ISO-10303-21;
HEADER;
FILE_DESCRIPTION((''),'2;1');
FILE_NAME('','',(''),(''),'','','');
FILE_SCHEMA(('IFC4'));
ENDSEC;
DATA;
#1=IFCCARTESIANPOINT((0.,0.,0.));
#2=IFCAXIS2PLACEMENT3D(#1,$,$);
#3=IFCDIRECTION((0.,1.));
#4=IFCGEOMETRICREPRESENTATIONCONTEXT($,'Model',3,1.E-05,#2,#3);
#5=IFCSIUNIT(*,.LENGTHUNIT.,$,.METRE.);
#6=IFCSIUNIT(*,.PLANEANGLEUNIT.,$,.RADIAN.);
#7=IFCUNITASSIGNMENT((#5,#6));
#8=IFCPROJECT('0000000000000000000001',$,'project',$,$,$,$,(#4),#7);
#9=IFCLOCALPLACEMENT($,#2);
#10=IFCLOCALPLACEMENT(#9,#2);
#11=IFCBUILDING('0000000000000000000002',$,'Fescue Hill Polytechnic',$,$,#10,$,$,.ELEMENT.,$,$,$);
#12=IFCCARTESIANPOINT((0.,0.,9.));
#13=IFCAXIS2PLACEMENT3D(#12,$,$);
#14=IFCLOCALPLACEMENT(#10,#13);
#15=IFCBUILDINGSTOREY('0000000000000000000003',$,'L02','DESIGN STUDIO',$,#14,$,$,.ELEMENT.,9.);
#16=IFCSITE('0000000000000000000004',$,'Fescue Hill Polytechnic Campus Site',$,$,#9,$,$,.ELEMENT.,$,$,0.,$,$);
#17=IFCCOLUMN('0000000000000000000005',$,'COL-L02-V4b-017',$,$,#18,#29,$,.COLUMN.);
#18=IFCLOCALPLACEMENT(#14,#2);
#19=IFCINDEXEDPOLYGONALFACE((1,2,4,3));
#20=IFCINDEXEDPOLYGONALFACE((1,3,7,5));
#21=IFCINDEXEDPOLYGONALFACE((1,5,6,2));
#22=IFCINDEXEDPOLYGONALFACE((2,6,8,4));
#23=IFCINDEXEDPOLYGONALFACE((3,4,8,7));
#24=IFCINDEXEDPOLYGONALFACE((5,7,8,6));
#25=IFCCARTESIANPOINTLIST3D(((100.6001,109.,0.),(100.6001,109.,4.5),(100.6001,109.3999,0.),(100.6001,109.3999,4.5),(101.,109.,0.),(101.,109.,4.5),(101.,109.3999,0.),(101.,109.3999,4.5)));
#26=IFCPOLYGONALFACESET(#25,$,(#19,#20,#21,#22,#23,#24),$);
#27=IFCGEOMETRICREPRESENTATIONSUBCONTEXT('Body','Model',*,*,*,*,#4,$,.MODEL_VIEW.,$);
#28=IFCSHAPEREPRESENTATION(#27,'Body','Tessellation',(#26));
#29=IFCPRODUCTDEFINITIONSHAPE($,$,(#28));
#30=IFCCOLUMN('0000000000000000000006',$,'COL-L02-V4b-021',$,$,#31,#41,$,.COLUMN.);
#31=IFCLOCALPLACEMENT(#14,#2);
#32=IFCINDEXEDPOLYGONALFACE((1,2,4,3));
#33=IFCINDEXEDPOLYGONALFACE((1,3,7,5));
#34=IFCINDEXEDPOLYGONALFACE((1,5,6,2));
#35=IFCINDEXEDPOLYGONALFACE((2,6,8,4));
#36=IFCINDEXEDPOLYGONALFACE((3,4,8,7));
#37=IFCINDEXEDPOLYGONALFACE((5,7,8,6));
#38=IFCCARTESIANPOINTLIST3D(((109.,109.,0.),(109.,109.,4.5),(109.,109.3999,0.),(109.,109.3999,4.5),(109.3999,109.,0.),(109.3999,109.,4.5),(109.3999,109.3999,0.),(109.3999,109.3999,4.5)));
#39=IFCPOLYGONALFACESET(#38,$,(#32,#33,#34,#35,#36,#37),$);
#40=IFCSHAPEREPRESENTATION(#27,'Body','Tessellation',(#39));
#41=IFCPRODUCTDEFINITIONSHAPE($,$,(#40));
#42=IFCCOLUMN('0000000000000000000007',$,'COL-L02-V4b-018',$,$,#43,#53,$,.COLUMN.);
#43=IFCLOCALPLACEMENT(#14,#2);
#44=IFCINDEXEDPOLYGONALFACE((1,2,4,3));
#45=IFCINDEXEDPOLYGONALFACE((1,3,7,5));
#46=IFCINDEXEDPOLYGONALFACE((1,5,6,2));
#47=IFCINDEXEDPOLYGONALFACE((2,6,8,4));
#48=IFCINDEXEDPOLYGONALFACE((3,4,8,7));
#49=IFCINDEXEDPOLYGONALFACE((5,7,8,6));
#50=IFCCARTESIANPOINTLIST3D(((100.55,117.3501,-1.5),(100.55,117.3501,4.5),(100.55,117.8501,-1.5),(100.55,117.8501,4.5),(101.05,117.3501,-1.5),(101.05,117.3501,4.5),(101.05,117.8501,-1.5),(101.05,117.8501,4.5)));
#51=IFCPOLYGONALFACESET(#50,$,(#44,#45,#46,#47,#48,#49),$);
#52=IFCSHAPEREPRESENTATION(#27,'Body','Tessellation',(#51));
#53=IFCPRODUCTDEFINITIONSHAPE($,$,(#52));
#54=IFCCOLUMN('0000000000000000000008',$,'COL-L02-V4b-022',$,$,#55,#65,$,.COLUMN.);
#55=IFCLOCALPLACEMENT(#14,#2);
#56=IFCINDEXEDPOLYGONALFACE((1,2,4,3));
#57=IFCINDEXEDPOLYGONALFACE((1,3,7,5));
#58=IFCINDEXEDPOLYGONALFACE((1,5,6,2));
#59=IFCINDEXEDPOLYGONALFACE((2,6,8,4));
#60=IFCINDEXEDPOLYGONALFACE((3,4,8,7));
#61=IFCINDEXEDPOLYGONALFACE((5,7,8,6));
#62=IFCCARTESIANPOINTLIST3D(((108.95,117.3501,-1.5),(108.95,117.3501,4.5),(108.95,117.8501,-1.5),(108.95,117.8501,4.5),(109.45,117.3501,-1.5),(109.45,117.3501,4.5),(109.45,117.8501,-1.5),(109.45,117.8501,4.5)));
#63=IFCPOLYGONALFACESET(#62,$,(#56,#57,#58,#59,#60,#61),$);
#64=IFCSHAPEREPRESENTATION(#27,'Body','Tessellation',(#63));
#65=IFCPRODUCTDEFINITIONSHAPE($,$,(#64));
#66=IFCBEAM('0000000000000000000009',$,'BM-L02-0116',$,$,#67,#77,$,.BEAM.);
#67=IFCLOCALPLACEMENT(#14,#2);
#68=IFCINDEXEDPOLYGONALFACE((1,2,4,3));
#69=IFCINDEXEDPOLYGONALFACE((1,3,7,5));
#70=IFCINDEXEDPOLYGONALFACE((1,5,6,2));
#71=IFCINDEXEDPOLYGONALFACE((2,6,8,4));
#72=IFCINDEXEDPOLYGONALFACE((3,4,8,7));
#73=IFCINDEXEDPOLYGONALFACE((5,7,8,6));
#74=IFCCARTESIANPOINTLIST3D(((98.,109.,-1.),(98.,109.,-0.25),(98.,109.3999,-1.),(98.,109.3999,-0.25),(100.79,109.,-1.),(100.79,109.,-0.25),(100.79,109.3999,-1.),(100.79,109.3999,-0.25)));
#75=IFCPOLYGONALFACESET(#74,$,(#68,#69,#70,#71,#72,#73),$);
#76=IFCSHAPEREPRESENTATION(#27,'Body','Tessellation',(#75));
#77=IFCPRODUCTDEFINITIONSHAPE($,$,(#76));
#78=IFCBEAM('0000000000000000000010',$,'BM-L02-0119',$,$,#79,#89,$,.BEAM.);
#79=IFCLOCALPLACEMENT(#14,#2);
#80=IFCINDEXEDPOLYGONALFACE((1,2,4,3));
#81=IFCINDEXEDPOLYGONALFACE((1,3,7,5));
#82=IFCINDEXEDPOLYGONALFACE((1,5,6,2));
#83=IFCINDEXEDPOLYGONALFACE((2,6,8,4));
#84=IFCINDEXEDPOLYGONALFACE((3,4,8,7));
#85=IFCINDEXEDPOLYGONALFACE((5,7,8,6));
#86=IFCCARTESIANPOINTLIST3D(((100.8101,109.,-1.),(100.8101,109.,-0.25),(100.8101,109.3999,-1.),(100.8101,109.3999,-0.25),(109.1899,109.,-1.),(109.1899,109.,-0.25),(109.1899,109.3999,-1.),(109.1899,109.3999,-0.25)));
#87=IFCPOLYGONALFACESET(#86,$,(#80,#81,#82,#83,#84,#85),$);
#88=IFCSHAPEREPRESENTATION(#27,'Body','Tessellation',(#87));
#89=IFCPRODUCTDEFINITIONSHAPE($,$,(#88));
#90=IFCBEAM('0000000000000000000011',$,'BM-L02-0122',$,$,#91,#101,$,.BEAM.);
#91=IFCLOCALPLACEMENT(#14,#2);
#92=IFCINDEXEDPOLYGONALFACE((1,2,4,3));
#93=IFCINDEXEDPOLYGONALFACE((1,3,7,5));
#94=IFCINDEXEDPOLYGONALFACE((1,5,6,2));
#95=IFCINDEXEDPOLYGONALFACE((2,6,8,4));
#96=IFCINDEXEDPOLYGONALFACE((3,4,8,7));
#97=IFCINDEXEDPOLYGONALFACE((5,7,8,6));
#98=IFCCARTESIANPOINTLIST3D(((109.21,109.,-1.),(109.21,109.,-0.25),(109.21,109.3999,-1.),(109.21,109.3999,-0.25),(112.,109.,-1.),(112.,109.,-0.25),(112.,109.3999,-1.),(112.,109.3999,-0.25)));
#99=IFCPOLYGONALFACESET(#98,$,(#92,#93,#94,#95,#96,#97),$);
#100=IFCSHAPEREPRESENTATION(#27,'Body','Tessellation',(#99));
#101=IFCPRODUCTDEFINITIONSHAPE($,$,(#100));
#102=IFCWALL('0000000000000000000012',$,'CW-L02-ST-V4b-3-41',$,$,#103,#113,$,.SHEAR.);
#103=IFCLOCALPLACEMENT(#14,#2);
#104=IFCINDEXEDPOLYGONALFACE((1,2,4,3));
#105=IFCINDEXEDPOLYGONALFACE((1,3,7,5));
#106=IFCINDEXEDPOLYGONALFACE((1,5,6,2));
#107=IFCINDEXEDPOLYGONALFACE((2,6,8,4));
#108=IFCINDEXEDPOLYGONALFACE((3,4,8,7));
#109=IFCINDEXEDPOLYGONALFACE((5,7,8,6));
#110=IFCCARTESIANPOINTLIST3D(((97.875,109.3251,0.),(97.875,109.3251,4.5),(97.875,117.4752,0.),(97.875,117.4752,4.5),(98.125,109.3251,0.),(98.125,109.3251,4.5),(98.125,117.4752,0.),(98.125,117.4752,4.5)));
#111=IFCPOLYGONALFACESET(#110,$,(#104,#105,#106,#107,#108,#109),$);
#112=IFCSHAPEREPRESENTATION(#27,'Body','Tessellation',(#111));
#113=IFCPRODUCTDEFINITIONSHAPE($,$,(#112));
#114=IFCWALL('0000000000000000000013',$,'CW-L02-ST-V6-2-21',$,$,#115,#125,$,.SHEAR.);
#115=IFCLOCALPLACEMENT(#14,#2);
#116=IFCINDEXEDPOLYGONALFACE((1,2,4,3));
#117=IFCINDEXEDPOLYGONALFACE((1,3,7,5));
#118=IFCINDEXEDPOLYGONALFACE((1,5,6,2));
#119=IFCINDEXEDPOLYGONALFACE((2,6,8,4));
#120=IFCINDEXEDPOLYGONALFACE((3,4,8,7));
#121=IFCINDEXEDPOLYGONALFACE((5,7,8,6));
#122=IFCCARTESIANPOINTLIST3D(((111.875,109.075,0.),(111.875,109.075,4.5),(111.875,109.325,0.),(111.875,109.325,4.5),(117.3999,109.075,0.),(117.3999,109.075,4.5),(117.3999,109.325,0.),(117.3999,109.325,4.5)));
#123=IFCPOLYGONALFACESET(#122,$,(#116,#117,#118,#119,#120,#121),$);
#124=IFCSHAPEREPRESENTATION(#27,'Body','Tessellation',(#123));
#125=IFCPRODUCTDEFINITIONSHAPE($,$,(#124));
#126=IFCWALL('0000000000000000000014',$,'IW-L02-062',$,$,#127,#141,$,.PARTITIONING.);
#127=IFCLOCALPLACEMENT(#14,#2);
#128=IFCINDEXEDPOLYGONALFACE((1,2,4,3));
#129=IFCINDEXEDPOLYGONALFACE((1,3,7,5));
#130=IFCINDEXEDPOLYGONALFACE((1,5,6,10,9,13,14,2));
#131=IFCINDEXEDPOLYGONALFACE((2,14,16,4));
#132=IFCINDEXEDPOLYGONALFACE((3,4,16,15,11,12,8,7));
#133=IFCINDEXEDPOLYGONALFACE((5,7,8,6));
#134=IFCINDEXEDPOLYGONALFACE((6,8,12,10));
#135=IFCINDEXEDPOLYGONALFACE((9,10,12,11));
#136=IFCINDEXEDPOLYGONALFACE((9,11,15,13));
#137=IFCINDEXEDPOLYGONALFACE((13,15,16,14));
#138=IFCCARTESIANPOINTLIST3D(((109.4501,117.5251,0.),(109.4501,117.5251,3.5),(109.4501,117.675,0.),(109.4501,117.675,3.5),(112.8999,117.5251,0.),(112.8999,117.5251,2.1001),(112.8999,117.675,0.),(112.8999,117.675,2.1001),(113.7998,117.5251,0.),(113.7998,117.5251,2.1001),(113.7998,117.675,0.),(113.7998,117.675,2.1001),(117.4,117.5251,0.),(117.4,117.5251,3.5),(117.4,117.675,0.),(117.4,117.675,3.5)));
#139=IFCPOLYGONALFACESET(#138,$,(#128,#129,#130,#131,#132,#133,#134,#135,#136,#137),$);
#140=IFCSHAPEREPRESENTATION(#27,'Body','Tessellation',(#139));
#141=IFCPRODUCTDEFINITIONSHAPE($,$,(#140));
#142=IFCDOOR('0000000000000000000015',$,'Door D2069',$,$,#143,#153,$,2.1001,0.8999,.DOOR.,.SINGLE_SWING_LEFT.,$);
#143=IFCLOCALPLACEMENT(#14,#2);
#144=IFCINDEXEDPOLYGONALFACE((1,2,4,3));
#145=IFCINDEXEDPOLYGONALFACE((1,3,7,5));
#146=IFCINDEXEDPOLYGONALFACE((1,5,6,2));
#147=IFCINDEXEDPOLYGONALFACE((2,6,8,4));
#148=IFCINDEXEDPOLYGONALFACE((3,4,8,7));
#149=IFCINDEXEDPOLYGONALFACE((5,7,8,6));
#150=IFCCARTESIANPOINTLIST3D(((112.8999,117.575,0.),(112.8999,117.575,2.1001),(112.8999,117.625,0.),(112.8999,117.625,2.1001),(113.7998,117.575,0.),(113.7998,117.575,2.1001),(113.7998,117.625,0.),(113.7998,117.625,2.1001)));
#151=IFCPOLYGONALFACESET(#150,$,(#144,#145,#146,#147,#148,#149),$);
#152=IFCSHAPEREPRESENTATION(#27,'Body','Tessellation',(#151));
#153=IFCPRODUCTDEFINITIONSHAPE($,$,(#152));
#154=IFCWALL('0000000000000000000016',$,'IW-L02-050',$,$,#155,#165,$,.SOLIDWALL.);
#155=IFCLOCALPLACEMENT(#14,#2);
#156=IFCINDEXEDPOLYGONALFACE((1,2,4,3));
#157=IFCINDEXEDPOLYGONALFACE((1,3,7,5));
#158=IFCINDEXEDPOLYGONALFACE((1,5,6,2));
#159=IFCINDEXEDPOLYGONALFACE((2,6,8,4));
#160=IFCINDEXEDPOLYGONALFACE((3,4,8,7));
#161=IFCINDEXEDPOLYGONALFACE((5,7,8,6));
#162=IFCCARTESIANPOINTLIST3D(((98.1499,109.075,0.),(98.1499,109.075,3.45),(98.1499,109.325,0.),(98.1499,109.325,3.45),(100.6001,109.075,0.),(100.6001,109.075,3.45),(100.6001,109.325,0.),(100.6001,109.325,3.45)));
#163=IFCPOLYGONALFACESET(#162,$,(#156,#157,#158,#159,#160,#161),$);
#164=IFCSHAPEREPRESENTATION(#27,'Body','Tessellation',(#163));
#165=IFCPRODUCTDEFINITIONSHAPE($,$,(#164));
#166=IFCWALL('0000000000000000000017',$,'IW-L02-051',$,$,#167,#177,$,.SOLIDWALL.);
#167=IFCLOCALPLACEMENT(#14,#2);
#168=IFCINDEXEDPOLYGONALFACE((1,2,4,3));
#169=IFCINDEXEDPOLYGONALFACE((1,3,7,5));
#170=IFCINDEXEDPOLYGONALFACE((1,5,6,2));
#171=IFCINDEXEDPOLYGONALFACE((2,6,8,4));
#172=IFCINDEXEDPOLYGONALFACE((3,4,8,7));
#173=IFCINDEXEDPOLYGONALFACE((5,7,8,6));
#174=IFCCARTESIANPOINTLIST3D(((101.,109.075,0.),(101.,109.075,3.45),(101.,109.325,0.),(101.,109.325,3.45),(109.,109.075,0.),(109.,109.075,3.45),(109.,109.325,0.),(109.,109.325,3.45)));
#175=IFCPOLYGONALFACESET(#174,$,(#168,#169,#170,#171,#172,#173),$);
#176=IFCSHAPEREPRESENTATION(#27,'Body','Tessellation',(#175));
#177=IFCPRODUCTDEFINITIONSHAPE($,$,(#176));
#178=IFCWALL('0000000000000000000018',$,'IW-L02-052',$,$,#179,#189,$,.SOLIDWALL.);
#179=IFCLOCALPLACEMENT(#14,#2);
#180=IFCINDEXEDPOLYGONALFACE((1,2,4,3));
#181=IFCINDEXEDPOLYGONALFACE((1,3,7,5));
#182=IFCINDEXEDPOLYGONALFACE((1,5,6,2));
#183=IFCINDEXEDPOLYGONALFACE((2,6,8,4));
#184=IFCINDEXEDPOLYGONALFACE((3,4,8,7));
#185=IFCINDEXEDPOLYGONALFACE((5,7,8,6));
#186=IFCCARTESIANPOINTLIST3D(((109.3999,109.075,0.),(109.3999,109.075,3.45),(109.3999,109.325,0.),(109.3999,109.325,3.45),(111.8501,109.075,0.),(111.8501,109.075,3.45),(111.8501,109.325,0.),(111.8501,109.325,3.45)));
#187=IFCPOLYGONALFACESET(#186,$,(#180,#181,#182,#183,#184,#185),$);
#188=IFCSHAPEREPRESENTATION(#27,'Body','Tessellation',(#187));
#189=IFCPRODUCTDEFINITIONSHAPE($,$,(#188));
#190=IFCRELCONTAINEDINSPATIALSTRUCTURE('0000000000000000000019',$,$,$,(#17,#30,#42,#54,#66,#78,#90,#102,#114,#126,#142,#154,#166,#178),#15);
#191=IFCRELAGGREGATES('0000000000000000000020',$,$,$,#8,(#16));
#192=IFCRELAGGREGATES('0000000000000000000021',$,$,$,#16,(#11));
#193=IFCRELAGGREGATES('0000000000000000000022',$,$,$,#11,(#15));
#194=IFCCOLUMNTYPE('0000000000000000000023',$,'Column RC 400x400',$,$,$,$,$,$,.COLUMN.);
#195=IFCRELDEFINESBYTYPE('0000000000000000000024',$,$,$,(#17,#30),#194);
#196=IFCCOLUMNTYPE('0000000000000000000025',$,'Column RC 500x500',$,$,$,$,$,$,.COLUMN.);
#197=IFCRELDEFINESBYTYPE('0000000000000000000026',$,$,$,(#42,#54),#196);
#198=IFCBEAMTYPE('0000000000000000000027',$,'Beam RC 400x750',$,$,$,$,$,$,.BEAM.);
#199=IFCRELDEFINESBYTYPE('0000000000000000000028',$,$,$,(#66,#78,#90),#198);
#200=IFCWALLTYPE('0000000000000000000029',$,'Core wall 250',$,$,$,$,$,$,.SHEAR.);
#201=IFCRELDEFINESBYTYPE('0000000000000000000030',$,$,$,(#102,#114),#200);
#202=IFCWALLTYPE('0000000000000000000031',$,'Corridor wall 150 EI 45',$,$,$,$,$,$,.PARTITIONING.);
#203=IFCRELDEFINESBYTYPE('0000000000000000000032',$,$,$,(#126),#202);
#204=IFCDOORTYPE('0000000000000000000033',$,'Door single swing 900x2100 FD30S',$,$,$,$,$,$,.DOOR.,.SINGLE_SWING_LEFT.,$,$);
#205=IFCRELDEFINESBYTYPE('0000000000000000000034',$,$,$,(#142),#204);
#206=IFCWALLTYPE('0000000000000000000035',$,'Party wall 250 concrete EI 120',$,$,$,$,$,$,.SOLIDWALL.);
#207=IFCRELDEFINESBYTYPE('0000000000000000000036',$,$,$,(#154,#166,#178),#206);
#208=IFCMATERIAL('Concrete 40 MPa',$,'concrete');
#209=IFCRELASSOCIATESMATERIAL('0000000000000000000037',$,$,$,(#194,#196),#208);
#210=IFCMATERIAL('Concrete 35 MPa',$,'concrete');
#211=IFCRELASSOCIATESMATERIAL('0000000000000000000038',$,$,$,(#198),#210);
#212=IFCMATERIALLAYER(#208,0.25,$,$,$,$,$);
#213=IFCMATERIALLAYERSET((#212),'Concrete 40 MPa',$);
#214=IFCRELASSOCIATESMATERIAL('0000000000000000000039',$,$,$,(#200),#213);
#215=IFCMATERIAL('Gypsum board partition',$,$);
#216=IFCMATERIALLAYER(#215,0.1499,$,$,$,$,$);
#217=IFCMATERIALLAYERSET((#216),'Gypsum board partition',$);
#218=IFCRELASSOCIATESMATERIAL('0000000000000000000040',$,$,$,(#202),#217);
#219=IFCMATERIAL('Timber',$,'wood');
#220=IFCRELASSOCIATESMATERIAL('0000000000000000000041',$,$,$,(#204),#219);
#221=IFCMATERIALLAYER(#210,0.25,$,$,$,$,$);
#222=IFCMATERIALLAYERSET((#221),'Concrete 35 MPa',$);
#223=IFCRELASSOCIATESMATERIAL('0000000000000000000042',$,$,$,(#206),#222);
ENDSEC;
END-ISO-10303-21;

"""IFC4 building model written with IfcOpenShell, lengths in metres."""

from ifc_helpers import new_model, si_unit, direction, frame, frame_2d, origin, origin_2d, place, context, subcontext, project, spatial, rectangle, extrude, material, layer, layer_set, material_profile, profile_set, type_object, element, fill, save


model = new_model("IFC4")

# Units and contexts
model_context = context("Model", 3, precision=1e-05, world=origin(), true_north=direction((0.0, 1.0)))
body_context = subcontext(model_context, "Body", "Model", "MODEL_VIEW")
ifc_project = project(units=[si_unit("LENGTHUNIT", "METRE"), si_unit("PLANEANGLEUNIT", "RADIAN")], contexts=[model_context])

# Site, building, storey
site_placement = place(None, origin())
site = spatial("IfcSite", under=ifc_project, at=site_placement, Name="Fescue Hill Polytechnic Campus Site", CompositionType="ELEMENT", RefElevation=0.0)
building_placement = place(site_placement, origin())
building = spatial("IfcBuilding", under=site, at=building_placement, Name="Fescue Hill Polytechnic", CompositionType="ELEMENT")
storey_placement = place(building_placement, frame((0.0, 0.0, 9.0)))
storey = spatial("IfcBuildingStorey", under=building, at=storey_placement, Name="L02", Description="DESIGN STUDIO", CompositionType="ELEMENT", Elevation=9.0)

# Columns
ifc_material_1 = material(Name="Concrete 40 MPa", Category="concrete")
ifc_material_profile_1 = material_profile(ifc_material_1, rectangle(XDim=0.3999, YDim=0.3999, at=origin_2d()), Name="RC 400x400")
ifc_profile_set_1 = profile_set([ifc_material_profile_1], Name="Concrete 40 MPa")
column_type_1 = type_object("IfcColumnType", Name="Column RC 400x400", PredefinedType="COLUMN", material=ifc_profile_set_1)
for number, where, z_axis, x_axis, name in (
    (1, (100.8, 109.2, 0.0), (0.0, 0.0, 1.0), (1.0, 0.0, 0.0), "COL-L02-V4b-017"),
    (2, (109.2, 109.2, 0.0), (0.0, 0.0, 1.0), (1.0, 0.0, 0.0), "COL-L02-V4b-021"),
):
    element("IfcColumn", number, at=place(storey_placement, frame(where, z_axis=z_axis, x_axis=x_axis)), inside=storey, type_object=column_type_1, Name=name, PredefinedType="COLUMN", context=body_context, shape_type="SweptSolid", body=[
        extrude(rectangle(XDim=0.3999, YDim=0.3999, at=origin_2d()), origin(), (0.0, 0.0, 1.0), 4.5),
    ])
ifc_material_profile_2 = material_profile(ifc_material_1, rectangle(XDim=0.5, YDim=0.5, at=origin_2d()), Name="RC 500x500")
ifc_profile_set_2 = profile_set([ifc_material_profile_2], Name="Concrete 40 MPa")
column_type_2 = type_object("IfcColumnType", Name="Column RC 500x500", PredefinedType="COLUMN", material=ifc_profile_set_2)
for number, where, z_axis, x_axis, name in (
    (3, (100.8, 117.6001, -1.5), (0.0, 0.0, 1.0), (1.0, 0.0, 0.0), "COL-L02-V4b-018"),
    (4, (109.2, 117.6001, -1.5), (0.0, 0.0, 1.0), (1.0, 0.0, 0.0), "COL-L02-V4b-022"),
):
    element("IfcColumn", number, at=place(storey_placement, frame(where, z_axis=z_axis, x_axis=x_axis)), inside=storey, type_object=column_type_2, Name=name, PredefinedType="COLUMN", context=body_context, shape_type="SweptSolid", body=[
        extrude(rectangle(XDim=0.5, YDim=0.5, at=origin_2d()), origin(), (0.0, 0.0, 1.0), 6.0),
    ])

# Beams
ifc_material_2 = material(Name="Concrete 35 MPa", Category="concrete")
ifc_material_profile_3 = material_profile(ifc_material_2, rectangle(XDim=0.3999, YDim=0.75, at=origin_2d()), Name="RC 400x750")
ifc_profile_set_3 = profile_set([ifc_material_profile_3], Name="Concrete 35 MPa")
beam_type = type_object("IfcBeamType", Name="Beam RC 400x750", PredefinedType="BEAM", material=ifc_profile_set_3)
beam_1_placement = place(storey_placement, frame((98.0, 109.2, -0.625), z_axis=(1.0, 0.0, 0.0), x_axis=(0.0, 1.0, 0.0)))
element("IfcBeam", 5, at=beam_1_placement, inside=storey, type_object=beam_type, Name="BM-L02-0116", PredefinedType="BEAM", context=body_context, shape_type="SweptSolid", body=[
    extrude(rectangle(XDim=0.3999, YDim=0.75, at=origin_2d()), origin(), (0.0, 0.0, 1.0), 2.79),
])
beam_2_placement = place(storey_placement, frame((100.8101, 109.2, -0.625), z_axis=(1.0, 0.0, 0.0), x_axis=(0.0, 1.0, 0.0)))
element("IfcBeam", 6, at=beam_2_placement, inside=storey, type_object=beam_type, Name="BM-L02-0119", PredefinedType="BEAM", context=body_context, shape_type="SweptSolid", body=[
    extrude(rectangle(XDim=0.3999, YDim=0.75, at=origin_2d()), origin(), (0.0, 0.0, 1.0), 8.3799),
])
beam_3_placement = place(storey_placement, frame((109.21, 109.2, -0.625), z_axis=(1.0, 0.0, 0.0), x_axis=(0.0, 1.0, 0.0)))
element("IfcBeam", 7, at=beam_3_placement, inside=storey, type_object=beam_type, Name="BM-L02-0122", PredefinedType="BEAM", context=body_context, shape_type="SweptSolid", body=[
    extrude(rectangle(XDim=0.3999, YDim=0.75, at=origin_2d()), origin(), (0.0, 0.0, 1.0), 2.79),
])

# Walls
ifc_layer_1 = layer(ifc_material_1, 0.25)
ifc_layer_set_1 = layer_set([ifc_layer_1], Name="Concrete 40 MPa")
wall_type_1 = type_object("IfcWallType", Name="Core wall 250", PredefinedType="SHEAR", material=ifc_layer_set_1)
wall_1_placement = place(storey_placement, frame((98.0, 109.325, 0.0), z_axis=(0.0, 0.0, 1.0), x_axis=(0.0, 1.0, 0.0)))
element("IfcWall", 8, at=wall_1_placement, inside=storey, type_object=wall_type_1, Name="CW-L02-ST-V4b-3-41", PredefinedType="SHEAR", context=body_context, shape_type="SweptSolid", body=[
    extrude(rectangle(XDim=8.1501, YDim=0.25, at=frame_2d((4.0752, 0.0))), origin(), (0.0, 0.0, 1.0), 4.5),
])
wall_2_placement = place(storey_placement, frame((111.875, 109.2, 0.0), z_axis=(0.0, 0.0, 1.0), x_axis=(1.0, 0.0, 0.0)))
element("IfcWall", 9, at=wall_2_placement, inside=storey, type_object=wall_type_1, Name="CW-L02-ST-V6-2-21", PredefinedType="SHEAR", context=body_context, shape_type="SweptSolid", body=[
    extrude(rectangle(XDim=5.5249, YDim=0.25, at=frame_2d((2.7625, 0.0))), origin(), (0.0, 0.0, 1.0), 4.5),
])

# Wall, opening, door
ifc_material_3 = material(Name="Gypsum board partition")
ifc_layer_2 = layer(ifc_material_3, 0.1499)
ifc_layer_set_2 = layer_set([ifc_layer_2], Name="Gypsum board partition")
wall_type_2 = type_object("IfcWallType", Name="Corridor wall 150 EI 45", PredefinedType="PARTITIONING", material=ifc_layer_set_2)
wall_3_placement = place(storey_placement, frame((109.45, 117.6001, 0.0), z_axis=(0.0, 0.0, 1.0), x_axis=(1.0, 0.0, 0.0)))
wall_3 = element("IfcWall", 10, at=wall_3_placement, inside=storey, type_object=wall_type_2, Name="IW-L02-062", PredefinedType="PARTITIONING", context=body_context, shape_type="SweptSolid", body=[
    extrude(rectangle(XDim=7.95, YDim=0.1499, at=frame_2d((3.9751, 0.0))), origin(), (0.0, 0.0, 1.0), 3.5),
])
opening_1_placement = place(wall_3_placement, frame((3.45, 0.0, 0.0)))
opening_1 = element("IfcOpeningElement", 11, at=opening_1_placement, cuts=wall_3, PredefinedType="OPENING", context=body_context, shape_type="SweptSolid", body=[
    extrude(rectangle(XDim=0.8999, YDim=2.1001, at=frame_2d((0.45, 1.05))), frame((0.0, 0.085, 0.0), z_axis=(0.0, -1.0, 0.0), x_axis=(1.0, 0.0, 0.0)), (0.0, 0.0, 1.0), 0.1699),
])
ifc_material_4 = material(Name="Timber", Category="wood")
door_type_1 = type_object("IfcDoorType", Name="Door single swing 900x2100 FD30S", OperationType="SINGLE_SWING_LEFT", PredefinedType="DOOR", material=ifc_material_4)
door_1_placement = place(opening_1_placement, origin())
door_1 = element("IfcDoor", 12, at=door_1_placement, inside=storey, type_object=door_type_1, Name="Door D2069", OperationType="SINGLE_SWING_LEFT", OverallHeight=2.1001, OverallWidth=0.8999, PredefinedType="DOOR", context=body_context, shape_type="SweptSolid", body=[
    extrude(rectangle(XDim=0.8999, YDim=2.1001, at=frame_2d((0.45, 1.05))), frame((0.0, 0.0249, 0.0), z_axis=(0.0, -1.0, 0.0), x_axis=(1.0, 0.0, 0.0)), (0.0, 0.0, 1.0), 0.05),
])
fill(opening_1, door_1)

# Walls
ifc_layer_3 = layer(ifc_material_2, 0.25)
ifc_layer_set_3 = layer_set([ifc_layer_3], Name="Concrete 35 MPa")
wall_type_3 = type_object("IfcWallType", Name="Party wall 250 concrete EI 120", PredefinedType="SOLIDWALL", material=ifc_layer_set_3)
wall_4_placement = place(storey_placement, frame((98.1499, 109.2, 0.0), z_axis=(0.0, 0.0, 1.0), x_axis=(1.0, 0.0, 0.0)))
element("IfcWall", 13, at=wall_4_placement, inside=storey, type_object=wall_type_3, Name="IW-L02-050", PredefinedType="SOLIDWALL", context=body_context, shape_type="SweptSolid", body=[
    extrude(rectangle(XDim=2.4502, YDim=0.25, at=frame_2d((1.2251, 0.0))), origin(), (0.0, 0.0, 1.0), 3.45),
])
wall_5_placement = place(storey_placement, frame((101.0, 109.2, 0.0), z_axis=(0.0, 0.0, 1.0), x_axis=(1.0, 0.0, 0.0)))
element("IfcWall", 14, at=wall_5_placement, inside=storey, type_object=wall_type_3, Name="IW-L02-051", PredefinedType="SOLIDWALL", context=body_context, shape_type="SweptSolid", body=[
    extrude(rectangle(XDim=8.0, YDim=0.25, at=frame_2d((4.0, 0.0))), origin(), (0.0, 0.0, 1.0), 3.45),
])
wall_6_placement = place(storey_placement, frame((109.3999, 109.2, 0.0), z_axis=(0.0, 0.0, 1.0), x_axis=(1.0, 0.0, 0.0)))
element("IfcWall", 15, at=wall_6_placement, inside=storey, type_object=wall_type_3, Name="IW-L02-052", PredefinedType="SOLIDWALL", context=body_context, shape_type="SweptSolid", body=[
    extrude(rectangle(XDim=2.4502, YDim=0.25, at=frame_2d((1.2251, 0.0))), origin(), (0.0, 0.0, 1.0), 3.45),
])

save(model, "model.ifc")
